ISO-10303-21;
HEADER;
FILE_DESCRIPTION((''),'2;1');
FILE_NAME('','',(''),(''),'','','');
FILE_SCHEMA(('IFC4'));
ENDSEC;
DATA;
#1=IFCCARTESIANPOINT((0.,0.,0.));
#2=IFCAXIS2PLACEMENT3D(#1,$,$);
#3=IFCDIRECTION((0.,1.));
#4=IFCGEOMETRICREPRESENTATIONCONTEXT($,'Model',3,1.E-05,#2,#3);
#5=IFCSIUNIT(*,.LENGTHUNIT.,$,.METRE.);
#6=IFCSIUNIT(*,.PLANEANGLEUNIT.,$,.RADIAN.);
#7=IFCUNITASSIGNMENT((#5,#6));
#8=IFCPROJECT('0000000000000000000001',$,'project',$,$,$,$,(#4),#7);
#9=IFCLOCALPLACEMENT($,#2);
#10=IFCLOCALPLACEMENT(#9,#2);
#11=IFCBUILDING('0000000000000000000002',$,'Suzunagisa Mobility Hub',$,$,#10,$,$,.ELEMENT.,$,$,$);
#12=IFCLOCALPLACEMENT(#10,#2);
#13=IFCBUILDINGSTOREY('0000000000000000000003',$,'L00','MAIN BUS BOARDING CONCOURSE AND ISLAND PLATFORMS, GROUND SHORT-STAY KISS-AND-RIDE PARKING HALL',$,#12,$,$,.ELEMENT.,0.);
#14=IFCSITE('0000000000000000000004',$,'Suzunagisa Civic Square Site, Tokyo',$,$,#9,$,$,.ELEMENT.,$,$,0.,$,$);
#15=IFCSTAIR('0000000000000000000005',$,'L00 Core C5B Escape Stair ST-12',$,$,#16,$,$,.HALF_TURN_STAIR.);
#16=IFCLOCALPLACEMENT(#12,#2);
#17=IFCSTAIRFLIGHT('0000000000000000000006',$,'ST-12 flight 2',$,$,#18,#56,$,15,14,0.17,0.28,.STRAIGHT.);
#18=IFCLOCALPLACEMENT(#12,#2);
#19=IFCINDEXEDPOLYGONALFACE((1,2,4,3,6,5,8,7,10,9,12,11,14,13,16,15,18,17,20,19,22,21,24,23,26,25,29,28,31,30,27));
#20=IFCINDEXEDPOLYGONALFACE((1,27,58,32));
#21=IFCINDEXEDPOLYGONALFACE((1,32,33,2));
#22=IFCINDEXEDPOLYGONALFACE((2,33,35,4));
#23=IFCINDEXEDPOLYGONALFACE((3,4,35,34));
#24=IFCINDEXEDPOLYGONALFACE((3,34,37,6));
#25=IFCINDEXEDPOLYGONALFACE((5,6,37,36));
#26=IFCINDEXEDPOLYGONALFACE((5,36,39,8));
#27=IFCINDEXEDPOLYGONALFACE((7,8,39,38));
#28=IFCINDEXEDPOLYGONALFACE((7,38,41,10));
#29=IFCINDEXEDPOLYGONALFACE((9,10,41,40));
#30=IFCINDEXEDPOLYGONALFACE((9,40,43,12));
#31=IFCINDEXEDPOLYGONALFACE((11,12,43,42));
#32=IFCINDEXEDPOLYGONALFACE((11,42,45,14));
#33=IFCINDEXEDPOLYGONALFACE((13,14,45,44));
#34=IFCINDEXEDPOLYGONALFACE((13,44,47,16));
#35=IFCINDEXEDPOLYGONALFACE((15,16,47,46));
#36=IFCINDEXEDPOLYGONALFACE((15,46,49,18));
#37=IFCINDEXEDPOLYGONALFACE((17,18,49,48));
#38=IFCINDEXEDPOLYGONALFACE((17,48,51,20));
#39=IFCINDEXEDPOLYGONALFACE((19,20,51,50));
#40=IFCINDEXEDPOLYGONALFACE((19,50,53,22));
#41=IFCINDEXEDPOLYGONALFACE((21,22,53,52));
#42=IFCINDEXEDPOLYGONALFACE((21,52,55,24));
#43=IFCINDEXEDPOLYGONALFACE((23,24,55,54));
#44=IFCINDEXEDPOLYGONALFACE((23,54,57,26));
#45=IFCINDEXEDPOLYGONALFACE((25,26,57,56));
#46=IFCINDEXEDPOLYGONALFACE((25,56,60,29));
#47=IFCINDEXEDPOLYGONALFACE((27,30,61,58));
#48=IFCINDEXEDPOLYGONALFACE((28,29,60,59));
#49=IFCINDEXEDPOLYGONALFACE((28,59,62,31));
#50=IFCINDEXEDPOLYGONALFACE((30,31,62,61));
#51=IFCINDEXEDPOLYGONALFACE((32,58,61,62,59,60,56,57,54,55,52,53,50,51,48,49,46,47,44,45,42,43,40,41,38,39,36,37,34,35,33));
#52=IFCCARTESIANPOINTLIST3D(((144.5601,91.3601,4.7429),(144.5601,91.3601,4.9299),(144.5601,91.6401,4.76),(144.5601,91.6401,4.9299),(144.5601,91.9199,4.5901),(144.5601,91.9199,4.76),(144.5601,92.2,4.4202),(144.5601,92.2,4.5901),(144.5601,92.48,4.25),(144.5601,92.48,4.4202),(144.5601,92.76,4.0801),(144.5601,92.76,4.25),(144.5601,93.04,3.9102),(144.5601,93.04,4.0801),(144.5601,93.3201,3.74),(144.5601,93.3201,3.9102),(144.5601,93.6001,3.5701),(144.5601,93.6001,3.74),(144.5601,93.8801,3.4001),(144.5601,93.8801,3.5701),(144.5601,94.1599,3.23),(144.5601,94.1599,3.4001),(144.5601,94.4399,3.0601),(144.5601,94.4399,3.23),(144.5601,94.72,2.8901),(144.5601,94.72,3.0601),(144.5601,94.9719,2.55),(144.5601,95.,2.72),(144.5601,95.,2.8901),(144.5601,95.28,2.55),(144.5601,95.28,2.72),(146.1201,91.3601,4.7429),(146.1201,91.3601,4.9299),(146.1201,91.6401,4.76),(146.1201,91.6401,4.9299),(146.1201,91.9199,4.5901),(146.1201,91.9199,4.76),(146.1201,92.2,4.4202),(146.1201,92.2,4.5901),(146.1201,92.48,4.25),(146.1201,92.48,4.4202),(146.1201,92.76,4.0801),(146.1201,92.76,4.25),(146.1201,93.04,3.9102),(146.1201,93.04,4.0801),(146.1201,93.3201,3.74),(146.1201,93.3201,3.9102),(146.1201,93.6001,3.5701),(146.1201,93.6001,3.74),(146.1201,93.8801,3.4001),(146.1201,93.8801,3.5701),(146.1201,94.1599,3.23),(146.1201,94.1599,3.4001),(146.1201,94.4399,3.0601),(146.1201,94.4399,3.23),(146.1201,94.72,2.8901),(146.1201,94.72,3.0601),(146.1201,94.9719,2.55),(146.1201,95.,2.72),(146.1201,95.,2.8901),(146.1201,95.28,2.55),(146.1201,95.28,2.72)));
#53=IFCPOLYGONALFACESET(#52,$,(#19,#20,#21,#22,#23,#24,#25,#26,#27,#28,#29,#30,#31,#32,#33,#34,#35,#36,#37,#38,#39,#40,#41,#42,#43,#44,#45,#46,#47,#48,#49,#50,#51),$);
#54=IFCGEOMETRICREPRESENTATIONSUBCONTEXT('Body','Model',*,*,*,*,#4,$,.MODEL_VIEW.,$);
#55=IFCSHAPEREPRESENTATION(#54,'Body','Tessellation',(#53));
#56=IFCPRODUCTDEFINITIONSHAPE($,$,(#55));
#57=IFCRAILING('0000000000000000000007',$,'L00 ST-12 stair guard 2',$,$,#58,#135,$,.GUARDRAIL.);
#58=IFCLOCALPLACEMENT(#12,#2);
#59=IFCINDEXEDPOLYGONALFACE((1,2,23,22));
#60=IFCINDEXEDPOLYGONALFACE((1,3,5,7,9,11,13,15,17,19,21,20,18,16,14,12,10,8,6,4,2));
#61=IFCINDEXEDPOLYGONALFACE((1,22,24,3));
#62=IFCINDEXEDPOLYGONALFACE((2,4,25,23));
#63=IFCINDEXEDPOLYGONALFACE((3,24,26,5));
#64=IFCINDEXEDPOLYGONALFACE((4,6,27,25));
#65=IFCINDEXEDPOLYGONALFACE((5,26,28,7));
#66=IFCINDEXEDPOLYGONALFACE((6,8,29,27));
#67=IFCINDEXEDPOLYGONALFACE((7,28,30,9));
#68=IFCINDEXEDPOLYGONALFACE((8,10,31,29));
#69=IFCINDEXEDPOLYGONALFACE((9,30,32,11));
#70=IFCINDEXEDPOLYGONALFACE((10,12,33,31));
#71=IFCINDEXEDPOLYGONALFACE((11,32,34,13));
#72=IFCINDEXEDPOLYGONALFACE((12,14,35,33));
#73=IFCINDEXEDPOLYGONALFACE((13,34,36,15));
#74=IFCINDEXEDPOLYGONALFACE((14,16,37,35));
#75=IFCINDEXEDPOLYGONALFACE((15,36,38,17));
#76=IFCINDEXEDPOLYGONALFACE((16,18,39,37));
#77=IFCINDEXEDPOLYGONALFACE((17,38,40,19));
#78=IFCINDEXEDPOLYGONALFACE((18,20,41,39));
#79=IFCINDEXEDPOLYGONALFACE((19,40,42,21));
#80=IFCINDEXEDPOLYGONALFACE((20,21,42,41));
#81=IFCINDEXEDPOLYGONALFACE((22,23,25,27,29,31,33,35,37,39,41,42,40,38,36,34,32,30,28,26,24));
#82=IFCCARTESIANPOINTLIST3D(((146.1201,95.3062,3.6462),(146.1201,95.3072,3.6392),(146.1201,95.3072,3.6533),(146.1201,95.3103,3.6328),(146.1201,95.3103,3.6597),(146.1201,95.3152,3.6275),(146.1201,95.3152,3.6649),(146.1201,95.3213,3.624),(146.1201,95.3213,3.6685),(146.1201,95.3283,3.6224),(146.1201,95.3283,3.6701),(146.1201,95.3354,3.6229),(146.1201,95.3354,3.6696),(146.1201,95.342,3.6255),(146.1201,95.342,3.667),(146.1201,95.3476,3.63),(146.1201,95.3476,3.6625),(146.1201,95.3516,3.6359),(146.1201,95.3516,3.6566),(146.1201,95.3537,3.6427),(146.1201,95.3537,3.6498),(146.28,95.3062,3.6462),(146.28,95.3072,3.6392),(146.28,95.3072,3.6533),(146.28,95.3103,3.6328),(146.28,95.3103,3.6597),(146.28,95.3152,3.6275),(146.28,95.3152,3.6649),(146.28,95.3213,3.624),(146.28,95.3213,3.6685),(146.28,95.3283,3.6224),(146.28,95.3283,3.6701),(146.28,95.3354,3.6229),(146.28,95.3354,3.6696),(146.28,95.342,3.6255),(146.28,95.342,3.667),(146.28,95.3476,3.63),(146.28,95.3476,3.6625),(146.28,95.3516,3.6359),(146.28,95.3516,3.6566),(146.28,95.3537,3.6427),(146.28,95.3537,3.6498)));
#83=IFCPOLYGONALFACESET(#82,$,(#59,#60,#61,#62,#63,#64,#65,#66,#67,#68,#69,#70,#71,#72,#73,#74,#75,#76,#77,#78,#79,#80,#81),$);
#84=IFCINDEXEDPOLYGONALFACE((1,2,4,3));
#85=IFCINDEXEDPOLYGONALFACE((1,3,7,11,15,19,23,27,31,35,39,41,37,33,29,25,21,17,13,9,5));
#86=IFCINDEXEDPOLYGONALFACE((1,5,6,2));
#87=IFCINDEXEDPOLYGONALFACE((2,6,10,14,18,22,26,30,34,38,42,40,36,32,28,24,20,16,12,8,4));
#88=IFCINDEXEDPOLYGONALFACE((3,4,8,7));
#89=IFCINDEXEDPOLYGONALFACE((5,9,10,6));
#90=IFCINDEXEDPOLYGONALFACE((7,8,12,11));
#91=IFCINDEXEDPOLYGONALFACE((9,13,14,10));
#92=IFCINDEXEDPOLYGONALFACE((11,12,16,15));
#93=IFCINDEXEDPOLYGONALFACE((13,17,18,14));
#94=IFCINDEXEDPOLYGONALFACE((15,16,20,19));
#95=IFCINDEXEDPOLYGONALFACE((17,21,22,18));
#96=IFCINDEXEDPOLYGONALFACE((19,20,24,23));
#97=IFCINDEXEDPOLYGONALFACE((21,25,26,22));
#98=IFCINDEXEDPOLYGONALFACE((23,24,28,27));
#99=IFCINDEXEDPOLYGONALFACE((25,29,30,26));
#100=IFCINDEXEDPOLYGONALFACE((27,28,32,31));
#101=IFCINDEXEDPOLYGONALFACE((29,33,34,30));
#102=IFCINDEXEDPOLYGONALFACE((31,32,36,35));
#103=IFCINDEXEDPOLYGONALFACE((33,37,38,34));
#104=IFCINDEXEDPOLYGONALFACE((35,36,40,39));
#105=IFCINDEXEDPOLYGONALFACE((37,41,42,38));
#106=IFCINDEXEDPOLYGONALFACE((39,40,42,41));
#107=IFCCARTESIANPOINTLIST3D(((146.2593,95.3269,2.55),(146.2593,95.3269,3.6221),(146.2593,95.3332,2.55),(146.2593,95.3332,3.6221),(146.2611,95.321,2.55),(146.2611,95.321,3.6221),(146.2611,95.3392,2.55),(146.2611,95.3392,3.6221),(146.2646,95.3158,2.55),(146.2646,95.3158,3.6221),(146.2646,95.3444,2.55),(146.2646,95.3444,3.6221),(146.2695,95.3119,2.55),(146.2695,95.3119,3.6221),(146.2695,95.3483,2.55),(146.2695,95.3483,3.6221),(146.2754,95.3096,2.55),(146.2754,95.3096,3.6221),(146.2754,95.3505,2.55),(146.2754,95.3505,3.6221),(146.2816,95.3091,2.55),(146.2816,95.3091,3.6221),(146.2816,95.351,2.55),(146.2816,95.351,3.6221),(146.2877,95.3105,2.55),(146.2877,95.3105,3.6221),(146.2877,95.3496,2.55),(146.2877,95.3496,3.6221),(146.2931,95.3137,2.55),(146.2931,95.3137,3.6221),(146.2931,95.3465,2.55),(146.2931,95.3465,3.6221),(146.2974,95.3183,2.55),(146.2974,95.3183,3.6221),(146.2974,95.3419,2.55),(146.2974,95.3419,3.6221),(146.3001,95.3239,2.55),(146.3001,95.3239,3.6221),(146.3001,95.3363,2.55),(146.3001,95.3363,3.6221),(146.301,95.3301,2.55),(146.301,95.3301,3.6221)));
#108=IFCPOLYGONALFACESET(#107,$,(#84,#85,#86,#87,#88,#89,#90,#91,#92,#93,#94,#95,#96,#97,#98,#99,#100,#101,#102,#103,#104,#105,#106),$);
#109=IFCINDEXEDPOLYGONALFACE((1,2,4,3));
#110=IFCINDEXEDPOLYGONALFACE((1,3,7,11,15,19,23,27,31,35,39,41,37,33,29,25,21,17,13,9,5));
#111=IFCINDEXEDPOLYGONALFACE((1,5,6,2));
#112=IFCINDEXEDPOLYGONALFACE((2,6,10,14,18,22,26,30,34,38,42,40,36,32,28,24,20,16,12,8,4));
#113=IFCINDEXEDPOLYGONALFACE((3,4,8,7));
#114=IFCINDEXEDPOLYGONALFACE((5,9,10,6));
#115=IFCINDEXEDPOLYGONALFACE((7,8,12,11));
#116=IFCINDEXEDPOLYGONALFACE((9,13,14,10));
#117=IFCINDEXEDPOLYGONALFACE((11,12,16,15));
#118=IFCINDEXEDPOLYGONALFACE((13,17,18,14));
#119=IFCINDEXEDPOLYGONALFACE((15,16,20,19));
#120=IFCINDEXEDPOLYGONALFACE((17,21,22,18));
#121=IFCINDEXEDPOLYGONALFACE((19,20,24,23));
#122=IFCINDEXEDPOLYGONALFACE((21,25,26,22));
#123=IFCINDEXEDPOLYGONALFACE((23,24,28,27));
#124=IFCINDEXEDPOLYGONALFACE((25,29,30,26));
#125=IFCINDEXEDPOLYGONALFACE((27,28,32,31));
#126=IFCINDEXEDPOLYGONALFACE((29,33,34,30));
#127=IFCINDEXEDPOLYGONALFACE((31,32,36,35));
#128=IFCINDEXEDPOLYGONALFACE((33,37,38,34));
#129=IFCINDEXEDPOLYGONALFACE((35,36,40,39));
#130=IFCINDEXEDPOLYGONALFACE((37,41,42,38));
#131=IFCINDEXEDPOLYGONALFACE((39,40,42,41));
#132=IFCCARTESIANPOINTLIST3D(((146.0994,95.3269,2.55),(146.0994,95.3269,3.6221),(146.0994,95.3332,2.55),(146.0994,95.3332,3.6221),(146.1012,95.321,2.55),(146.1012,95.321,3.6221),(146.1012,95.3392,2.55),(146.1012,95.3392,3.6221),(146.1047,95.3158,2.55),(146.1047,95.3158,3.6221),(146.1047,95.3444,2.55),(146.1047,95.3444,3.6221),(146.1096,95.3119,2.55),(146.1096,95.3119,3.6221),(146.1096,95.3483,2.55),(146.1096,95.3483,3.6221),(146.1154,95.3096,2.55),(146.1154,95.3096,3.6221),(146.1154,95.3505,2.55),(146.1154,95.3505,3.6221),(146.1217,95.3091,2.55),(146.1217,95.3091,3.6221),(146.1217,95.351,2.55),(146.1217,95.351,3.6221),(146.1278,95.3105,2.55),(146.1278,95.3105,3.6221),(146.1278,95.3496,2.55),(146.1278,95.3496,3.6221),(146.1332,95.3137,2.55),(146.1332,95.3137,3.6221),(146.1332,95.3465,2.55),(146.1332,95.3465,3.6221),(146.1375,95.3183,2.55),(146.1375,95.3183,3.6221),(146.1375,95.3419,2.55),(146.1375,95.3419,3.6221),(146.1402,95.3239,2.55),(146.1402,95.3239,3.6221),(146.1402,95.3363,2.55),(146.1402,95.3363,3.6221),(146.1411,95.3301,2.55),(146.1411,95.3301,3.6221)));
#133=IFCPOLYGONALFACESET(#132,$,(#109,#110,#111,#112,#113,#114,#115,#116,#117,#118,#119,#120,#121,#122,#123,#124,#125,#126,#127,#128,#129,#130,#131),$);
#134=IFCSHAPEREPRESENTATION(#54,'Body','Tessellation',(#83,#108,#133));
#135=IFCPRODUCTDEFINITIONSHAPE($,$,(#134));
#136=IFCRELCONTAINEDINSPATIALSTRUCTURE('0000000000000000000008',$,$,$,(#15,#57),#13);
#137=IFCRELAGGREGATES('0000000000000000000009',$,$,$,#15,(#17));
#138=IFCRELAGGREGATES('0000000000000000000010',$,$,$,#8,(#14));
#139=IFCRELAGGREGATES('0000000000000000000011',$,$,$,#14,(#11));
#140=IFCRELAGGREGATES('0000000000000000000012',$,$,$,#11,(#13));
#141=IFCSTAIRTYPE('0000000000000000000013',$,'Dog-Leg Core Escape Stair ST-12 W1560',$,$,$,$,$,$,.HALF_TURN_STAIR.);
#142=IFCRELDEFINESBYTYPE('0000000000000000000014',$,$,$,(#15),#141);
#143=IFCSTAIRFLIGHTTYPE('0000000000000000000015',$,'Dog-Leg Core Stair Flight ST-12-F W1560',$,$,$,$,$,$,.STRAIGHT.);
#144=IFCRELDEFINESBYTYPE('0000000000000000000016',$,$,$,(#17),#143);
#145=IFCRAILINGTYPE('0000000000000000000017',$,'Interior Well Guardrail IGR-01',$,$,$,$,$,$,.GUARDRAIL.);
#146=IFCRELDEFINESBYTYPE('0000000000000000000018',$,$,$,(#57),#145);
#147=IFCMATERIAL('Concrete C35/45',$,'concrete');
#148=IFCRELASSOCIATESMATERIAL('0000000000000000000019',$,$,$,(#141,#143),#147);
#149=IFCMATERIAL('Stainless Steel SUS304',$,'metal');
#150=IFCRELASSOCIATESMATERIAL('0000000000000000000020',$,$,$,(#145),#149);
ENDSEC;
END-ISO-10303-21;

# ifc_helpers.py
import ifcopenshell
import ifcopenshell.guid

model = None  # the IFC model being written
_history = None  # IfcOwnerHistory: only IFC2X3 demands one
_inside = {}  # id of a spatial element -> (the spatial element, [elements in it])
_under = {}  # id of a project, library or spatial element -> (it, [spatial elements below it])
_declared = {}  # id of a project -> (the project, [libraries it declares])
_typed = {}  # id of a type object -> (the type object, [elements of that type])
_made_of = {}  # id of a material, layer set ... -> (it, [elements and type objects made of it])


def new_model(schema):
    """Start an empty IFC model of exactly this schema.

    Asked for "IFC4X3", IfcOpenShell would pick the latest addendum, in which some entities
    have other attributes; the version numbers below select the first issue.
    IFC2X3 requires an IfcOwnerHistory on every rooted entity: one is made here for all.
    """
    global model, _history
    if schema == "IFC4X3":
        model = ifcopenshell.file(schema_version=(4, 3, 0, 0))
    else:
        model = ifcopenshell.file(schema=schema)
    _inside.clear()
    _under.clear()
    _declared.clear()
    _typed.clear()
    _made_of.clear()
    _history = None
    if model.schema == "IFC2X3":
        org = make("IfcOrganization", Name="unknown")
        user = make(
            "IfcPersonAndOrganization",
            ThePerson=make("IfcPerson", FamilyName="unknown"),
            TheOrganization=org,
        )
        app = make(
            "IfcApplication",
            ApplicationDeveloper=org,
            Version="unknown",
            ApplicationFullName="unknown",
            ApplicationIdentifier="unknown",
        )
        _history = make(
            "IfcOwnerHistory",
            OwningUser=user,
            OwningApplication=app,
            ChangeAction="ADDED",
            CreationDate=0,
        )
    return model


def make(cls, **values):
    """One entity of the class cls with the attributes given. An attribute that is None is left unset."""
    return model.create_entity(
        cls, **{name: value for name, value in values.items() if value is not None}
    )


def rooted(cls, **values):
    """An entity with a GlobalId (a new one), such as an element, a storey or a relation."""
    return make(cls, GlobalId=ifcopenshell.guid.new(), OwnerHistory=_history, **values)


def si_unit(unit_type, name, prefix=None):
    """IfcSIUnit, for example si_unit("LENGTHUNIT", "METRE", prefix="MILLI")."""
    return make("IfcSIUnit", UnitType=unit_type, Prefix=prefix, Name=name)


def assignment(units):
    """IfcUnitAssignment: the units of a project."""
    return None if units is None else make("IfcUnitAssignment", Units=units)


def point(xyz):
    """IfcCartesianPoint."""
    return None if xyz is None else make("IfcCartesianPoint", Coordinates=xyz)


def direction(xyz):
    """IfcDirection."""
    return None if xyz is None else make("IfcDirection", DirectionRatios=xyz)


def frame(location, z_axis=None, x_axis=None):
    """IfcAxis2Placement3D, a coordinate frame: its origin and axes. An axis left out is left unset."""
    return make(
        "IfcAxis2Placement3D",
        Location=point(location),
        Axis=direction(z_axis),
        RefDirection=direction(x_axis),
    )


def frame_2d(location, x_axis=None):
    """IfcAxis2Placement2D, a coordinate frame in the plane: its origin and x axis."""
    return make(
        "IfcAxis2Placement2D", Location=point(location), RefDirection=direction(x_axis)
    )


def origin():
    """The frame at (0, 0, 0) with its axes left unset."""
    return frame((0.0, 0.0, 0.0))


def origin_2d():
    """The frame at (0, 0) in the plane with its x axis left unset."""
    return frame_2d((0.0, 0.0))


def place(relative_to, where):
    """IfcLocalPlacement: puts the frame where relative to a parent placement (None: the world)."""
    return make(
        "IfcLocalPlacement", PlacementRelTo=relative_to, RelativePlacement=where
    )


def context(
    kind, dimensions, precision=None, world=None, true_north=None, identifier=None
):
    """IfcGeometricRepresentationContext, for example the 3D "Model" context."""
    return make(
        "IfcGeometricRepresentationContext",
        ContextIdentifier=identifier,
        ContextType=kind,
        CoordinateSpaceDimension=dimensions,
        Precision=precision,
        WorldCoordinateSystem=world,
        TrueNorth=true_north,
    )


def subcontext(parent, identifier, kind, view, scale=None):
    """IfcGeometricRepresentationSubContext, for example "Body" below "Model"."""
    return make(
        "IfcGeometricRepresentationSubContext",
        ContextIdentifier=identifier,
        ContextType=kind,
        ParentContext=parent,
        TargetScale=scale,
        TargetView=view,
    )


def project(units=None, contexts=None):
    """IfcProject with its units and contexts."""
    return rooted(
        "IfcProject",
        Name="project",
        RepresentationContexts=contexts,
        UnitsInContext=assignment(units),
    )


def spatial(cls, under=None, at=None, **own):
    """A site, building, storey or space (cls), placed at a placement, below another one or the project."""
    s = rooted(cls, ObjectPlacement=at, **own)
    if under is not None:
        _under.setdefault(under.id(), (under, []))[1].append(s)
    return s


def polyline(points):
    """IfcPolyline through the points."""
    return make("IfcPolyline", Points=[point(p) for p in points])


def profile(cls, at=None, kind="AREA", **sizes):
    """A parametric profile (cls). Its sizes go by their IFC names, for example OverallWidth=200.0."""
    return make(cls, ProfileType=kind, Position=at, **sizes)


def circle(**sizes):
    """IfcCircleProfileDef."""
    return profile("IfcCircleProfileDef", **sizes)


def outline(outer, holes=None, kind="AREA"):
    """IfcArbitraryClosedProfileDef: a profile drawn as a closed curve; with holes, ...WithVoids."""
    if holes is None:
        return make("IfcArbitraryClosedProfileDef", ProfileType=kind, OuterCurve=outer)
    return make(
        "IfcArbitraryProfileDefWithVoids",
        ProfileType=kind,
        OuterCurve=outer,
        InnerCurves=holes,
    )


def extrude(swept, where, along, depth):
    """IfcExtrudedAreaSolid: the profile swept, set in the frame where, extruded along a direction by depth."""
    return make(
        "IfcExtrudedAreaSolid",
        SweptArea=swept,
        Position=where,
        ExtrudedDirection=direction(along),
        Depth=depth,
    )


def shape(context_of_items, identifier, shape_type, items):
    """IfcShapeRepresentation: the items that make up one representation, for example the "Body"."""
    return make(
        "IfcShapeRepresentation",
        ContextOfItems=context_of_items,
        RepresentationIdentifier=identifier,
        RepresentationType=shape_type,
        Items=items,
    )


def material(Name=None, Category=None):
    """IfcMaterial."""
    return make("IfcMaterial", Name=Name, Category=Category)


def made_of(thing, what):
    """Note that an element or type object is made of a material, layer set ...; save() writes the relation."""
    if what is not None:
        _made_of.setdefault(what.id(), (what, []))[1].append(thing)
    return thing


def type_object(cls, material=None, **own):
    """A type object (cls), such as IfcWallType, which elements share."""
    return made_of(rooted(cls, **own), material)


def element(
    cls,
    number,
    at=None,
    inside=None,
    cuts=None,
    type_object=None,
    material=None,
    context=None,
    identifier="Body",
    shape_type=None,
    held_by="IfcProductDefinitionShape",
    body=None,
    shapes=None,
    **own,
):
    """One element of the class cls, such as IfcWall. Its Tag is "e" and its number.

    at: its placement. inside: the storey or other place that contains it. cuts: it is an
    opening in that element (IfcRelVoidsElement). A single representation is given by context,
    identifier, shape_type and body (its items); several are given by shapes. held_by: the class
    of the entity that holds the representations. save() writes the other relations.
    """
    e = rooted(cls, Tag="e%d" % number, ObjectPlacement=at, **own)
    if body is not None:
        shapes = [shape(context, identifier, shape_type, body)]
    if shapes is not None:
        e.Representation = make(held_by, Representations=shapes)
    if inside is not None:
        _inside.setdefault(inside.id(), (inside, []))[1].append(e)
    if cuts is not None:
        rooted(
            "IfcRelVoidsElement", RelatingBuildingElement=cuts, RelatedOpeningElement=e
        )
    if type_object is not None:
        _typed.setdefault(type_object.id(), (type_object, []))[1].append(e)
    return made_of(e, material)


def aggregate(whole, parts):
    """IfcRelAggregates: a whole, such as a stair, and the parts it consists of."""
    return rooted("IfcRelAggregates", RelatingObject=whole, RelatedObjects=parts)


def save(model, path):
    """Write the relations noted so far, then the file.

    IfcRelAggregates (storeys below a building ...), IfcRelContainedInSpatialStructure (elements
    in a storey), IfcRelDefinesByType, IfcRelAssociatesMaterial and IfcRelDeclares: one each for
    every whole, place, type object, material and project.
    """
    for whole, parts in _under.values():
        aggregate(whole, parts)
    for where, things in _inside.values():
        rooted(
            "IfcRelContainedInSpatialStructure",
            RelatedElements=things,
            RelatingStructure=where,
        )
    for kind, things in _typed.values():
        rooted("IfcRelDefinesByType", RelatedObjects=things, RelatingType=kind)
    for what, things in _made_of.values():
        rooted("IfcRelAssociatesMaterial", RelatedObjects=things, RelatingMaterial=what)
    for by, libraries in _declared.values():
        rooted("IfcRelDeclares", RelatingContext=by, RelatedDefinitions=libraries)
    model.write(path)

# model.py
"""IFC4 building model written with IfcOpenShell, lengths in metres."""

from ifc_helpers import new_model, si_unit, direction, frame, origin, origin_2d, place, context, subcontext, project, spatial, polyline, circle, outline, extrude, material, type_object, element, aggregate, save


model = new_model("IFC4")

# Units and contexts
model_context = context("Model", 3, precision=1e-05, world=origin(), true_north=direction((0.0, 1.0)))
body_context = subcontext(model_context, "Body", "Model", "MODEL_VIEW")
ifc_project = project(units=[si_unit("LENGTHUNIT", "METRE"), si_unit("PLANEANGLEUNIT", "RADIAN")], contexts=[model_context])

# Site, building, storey
site_placement = place(None, origin())
site = spatial("IfcSite", under=ifc_project, at=site_placement, Name="Suzunagisa Civic Square Site, Tokyo", CompositionType="ELEMENT", RefElevation=0.0)
building_placement = place(site_placement, origin())
building = spatial("IfcBuilding", under=site, at=building_placement, Name="Suzunagisa Mobility Hub", CompositionType="ELEMENT")
storey_placement = place(building_placement, origin())
storey = spatial("IfcBuildingStorey", under=building, at=storey_placement, Name="L00", Description="MAIN BUS BOARDING CONCOURSE AND ISLAND PLATFORMS, GROUND SHORT-STAY KISS-AND-RIDE PARKING HALL", CompositionType="ELEMENT", Elevation=0.0)

# Shared definitions
ifc_material_1 = material(Name="Concrete C35/45", Category="concrete")

# Stair, stair flight
stair_type = type_object("IfcStairType", Name="Dog-Leg Core Escape Stair ST-12 W1560", PredefinedType="HALF_TURN_STAIR", material=ifc_material_1)
stair_placement = place(storey_placement, origin())
stair = element("IfcStair", 1, at=stair_placement, inside=storey, type_object=stair_type, Name="L00 Core C5B Escape Stair ST-12", PredefinedType="HALF_TURN_STAIR")
stair_flight_type = type_object("IfcStairFlightType", Name="Dog-Leg Core Stair Flight ST-12-F W1560", PredefinedType="STRAIGHT", material=ifc_material_1)
stair_flight_placement = place(storey_placement, frame((145.3401, 95.28, 2.55), z_axis=(0.0, 0.0, 1.0), x_axis=(0.0, -1.0, 0.0)))
stair_flight = element("IfcStairFlight", 2, at=stair_flight_placement, type_object=stair_flight_type, Name="ST-12 flight 2", NumberOfRisers=15, NumberOfTreads=14, PredefinedType="STRAIGHT", RiserHeight=0.17, TreadLength=0.28, context=body_context, shape_type="SweptSolid", body=[
    extrude(outline(polyline([(0.0, 0.0), (0.0, 0.1699), (0.28, 0.1699), (0.28, 0.3401), (0.5601, 0.3401), (0.5601, 0.51), (0.8401, 0.51), (0.8401, 0.6799), (1.1201, 0.6799), (1.1201, 0.8501), (1.3999, 0.8501), (1.3999, 1.02), (1.6799, 1.02), (1.6799, 1.1899), (1.96, 1.1899), (1.96, 1.3601), (2.24, 1.3601), (2.24, 1.53), (2.52, 1.53), (2.52, 1.7), (2.8, 1.7), (2.8, 1.8701), (3.0801, 1.8701), (3.0801, 2.04), (3.3601, 2.04), (3.3601, 2.21), (3.6399, 2.21), (3.6399, 2.3799), (3.9199, 2.3799), (3.9199, 2.55), (3.9199, 2.1929), (0.3081, 0.0), (0.0, 0.0)])), frame((0.0, 0.78, 0.0), z_axis=(0.0, -1.0, 0.0), x_axis=(1.0, 0.0, 0.0)), (0.0, 0.0, 1.0), 1.5601),
])
aggregate(stair, [stair_flight])

# Railing
ifc_material_2 = material(Name="Stainless Steel SUS304", Category="metal")
railing_type_1 = type_object("IfcRailingType", Name="Interior Well Guardrail IGR-01", PredefinedType="GUARDRAIL", material=ifc_material_2)
railing_1_placement = place(storey_placement, frame((146.28, 95.3301, 2.55)))
element("IfcRailing", 3, at=railing_1_placement, inside=storey, type_object=railing_type_1, Name="L00 ST-12 stair guard 2", PredefinedType="GUARDRAIL", context=body_context, shape_type="SweptSolid", body=[
    extrude(circle(Radius=0.0239, at=origin_2d()), frame((0.0, 0.0, 1.0962), z_axis=(-1.0, 0.0, 0.0), x_axis=(0.0, -1.0, 0.0)), (0.0, 0.0, 1.0), 0.1599),
    extrude(circle(Radius=0.021, at=origin_2d()), origin(), (0.0, 0.0, 1.0), 1.072),
    extrude(circle(Radius=0.021, at=origin_2d()), frame((-0.1599, 0.0, 0.0)), (0.0, 0.0, 1.0), 1.072),
])

save(model, "model.ifc")
